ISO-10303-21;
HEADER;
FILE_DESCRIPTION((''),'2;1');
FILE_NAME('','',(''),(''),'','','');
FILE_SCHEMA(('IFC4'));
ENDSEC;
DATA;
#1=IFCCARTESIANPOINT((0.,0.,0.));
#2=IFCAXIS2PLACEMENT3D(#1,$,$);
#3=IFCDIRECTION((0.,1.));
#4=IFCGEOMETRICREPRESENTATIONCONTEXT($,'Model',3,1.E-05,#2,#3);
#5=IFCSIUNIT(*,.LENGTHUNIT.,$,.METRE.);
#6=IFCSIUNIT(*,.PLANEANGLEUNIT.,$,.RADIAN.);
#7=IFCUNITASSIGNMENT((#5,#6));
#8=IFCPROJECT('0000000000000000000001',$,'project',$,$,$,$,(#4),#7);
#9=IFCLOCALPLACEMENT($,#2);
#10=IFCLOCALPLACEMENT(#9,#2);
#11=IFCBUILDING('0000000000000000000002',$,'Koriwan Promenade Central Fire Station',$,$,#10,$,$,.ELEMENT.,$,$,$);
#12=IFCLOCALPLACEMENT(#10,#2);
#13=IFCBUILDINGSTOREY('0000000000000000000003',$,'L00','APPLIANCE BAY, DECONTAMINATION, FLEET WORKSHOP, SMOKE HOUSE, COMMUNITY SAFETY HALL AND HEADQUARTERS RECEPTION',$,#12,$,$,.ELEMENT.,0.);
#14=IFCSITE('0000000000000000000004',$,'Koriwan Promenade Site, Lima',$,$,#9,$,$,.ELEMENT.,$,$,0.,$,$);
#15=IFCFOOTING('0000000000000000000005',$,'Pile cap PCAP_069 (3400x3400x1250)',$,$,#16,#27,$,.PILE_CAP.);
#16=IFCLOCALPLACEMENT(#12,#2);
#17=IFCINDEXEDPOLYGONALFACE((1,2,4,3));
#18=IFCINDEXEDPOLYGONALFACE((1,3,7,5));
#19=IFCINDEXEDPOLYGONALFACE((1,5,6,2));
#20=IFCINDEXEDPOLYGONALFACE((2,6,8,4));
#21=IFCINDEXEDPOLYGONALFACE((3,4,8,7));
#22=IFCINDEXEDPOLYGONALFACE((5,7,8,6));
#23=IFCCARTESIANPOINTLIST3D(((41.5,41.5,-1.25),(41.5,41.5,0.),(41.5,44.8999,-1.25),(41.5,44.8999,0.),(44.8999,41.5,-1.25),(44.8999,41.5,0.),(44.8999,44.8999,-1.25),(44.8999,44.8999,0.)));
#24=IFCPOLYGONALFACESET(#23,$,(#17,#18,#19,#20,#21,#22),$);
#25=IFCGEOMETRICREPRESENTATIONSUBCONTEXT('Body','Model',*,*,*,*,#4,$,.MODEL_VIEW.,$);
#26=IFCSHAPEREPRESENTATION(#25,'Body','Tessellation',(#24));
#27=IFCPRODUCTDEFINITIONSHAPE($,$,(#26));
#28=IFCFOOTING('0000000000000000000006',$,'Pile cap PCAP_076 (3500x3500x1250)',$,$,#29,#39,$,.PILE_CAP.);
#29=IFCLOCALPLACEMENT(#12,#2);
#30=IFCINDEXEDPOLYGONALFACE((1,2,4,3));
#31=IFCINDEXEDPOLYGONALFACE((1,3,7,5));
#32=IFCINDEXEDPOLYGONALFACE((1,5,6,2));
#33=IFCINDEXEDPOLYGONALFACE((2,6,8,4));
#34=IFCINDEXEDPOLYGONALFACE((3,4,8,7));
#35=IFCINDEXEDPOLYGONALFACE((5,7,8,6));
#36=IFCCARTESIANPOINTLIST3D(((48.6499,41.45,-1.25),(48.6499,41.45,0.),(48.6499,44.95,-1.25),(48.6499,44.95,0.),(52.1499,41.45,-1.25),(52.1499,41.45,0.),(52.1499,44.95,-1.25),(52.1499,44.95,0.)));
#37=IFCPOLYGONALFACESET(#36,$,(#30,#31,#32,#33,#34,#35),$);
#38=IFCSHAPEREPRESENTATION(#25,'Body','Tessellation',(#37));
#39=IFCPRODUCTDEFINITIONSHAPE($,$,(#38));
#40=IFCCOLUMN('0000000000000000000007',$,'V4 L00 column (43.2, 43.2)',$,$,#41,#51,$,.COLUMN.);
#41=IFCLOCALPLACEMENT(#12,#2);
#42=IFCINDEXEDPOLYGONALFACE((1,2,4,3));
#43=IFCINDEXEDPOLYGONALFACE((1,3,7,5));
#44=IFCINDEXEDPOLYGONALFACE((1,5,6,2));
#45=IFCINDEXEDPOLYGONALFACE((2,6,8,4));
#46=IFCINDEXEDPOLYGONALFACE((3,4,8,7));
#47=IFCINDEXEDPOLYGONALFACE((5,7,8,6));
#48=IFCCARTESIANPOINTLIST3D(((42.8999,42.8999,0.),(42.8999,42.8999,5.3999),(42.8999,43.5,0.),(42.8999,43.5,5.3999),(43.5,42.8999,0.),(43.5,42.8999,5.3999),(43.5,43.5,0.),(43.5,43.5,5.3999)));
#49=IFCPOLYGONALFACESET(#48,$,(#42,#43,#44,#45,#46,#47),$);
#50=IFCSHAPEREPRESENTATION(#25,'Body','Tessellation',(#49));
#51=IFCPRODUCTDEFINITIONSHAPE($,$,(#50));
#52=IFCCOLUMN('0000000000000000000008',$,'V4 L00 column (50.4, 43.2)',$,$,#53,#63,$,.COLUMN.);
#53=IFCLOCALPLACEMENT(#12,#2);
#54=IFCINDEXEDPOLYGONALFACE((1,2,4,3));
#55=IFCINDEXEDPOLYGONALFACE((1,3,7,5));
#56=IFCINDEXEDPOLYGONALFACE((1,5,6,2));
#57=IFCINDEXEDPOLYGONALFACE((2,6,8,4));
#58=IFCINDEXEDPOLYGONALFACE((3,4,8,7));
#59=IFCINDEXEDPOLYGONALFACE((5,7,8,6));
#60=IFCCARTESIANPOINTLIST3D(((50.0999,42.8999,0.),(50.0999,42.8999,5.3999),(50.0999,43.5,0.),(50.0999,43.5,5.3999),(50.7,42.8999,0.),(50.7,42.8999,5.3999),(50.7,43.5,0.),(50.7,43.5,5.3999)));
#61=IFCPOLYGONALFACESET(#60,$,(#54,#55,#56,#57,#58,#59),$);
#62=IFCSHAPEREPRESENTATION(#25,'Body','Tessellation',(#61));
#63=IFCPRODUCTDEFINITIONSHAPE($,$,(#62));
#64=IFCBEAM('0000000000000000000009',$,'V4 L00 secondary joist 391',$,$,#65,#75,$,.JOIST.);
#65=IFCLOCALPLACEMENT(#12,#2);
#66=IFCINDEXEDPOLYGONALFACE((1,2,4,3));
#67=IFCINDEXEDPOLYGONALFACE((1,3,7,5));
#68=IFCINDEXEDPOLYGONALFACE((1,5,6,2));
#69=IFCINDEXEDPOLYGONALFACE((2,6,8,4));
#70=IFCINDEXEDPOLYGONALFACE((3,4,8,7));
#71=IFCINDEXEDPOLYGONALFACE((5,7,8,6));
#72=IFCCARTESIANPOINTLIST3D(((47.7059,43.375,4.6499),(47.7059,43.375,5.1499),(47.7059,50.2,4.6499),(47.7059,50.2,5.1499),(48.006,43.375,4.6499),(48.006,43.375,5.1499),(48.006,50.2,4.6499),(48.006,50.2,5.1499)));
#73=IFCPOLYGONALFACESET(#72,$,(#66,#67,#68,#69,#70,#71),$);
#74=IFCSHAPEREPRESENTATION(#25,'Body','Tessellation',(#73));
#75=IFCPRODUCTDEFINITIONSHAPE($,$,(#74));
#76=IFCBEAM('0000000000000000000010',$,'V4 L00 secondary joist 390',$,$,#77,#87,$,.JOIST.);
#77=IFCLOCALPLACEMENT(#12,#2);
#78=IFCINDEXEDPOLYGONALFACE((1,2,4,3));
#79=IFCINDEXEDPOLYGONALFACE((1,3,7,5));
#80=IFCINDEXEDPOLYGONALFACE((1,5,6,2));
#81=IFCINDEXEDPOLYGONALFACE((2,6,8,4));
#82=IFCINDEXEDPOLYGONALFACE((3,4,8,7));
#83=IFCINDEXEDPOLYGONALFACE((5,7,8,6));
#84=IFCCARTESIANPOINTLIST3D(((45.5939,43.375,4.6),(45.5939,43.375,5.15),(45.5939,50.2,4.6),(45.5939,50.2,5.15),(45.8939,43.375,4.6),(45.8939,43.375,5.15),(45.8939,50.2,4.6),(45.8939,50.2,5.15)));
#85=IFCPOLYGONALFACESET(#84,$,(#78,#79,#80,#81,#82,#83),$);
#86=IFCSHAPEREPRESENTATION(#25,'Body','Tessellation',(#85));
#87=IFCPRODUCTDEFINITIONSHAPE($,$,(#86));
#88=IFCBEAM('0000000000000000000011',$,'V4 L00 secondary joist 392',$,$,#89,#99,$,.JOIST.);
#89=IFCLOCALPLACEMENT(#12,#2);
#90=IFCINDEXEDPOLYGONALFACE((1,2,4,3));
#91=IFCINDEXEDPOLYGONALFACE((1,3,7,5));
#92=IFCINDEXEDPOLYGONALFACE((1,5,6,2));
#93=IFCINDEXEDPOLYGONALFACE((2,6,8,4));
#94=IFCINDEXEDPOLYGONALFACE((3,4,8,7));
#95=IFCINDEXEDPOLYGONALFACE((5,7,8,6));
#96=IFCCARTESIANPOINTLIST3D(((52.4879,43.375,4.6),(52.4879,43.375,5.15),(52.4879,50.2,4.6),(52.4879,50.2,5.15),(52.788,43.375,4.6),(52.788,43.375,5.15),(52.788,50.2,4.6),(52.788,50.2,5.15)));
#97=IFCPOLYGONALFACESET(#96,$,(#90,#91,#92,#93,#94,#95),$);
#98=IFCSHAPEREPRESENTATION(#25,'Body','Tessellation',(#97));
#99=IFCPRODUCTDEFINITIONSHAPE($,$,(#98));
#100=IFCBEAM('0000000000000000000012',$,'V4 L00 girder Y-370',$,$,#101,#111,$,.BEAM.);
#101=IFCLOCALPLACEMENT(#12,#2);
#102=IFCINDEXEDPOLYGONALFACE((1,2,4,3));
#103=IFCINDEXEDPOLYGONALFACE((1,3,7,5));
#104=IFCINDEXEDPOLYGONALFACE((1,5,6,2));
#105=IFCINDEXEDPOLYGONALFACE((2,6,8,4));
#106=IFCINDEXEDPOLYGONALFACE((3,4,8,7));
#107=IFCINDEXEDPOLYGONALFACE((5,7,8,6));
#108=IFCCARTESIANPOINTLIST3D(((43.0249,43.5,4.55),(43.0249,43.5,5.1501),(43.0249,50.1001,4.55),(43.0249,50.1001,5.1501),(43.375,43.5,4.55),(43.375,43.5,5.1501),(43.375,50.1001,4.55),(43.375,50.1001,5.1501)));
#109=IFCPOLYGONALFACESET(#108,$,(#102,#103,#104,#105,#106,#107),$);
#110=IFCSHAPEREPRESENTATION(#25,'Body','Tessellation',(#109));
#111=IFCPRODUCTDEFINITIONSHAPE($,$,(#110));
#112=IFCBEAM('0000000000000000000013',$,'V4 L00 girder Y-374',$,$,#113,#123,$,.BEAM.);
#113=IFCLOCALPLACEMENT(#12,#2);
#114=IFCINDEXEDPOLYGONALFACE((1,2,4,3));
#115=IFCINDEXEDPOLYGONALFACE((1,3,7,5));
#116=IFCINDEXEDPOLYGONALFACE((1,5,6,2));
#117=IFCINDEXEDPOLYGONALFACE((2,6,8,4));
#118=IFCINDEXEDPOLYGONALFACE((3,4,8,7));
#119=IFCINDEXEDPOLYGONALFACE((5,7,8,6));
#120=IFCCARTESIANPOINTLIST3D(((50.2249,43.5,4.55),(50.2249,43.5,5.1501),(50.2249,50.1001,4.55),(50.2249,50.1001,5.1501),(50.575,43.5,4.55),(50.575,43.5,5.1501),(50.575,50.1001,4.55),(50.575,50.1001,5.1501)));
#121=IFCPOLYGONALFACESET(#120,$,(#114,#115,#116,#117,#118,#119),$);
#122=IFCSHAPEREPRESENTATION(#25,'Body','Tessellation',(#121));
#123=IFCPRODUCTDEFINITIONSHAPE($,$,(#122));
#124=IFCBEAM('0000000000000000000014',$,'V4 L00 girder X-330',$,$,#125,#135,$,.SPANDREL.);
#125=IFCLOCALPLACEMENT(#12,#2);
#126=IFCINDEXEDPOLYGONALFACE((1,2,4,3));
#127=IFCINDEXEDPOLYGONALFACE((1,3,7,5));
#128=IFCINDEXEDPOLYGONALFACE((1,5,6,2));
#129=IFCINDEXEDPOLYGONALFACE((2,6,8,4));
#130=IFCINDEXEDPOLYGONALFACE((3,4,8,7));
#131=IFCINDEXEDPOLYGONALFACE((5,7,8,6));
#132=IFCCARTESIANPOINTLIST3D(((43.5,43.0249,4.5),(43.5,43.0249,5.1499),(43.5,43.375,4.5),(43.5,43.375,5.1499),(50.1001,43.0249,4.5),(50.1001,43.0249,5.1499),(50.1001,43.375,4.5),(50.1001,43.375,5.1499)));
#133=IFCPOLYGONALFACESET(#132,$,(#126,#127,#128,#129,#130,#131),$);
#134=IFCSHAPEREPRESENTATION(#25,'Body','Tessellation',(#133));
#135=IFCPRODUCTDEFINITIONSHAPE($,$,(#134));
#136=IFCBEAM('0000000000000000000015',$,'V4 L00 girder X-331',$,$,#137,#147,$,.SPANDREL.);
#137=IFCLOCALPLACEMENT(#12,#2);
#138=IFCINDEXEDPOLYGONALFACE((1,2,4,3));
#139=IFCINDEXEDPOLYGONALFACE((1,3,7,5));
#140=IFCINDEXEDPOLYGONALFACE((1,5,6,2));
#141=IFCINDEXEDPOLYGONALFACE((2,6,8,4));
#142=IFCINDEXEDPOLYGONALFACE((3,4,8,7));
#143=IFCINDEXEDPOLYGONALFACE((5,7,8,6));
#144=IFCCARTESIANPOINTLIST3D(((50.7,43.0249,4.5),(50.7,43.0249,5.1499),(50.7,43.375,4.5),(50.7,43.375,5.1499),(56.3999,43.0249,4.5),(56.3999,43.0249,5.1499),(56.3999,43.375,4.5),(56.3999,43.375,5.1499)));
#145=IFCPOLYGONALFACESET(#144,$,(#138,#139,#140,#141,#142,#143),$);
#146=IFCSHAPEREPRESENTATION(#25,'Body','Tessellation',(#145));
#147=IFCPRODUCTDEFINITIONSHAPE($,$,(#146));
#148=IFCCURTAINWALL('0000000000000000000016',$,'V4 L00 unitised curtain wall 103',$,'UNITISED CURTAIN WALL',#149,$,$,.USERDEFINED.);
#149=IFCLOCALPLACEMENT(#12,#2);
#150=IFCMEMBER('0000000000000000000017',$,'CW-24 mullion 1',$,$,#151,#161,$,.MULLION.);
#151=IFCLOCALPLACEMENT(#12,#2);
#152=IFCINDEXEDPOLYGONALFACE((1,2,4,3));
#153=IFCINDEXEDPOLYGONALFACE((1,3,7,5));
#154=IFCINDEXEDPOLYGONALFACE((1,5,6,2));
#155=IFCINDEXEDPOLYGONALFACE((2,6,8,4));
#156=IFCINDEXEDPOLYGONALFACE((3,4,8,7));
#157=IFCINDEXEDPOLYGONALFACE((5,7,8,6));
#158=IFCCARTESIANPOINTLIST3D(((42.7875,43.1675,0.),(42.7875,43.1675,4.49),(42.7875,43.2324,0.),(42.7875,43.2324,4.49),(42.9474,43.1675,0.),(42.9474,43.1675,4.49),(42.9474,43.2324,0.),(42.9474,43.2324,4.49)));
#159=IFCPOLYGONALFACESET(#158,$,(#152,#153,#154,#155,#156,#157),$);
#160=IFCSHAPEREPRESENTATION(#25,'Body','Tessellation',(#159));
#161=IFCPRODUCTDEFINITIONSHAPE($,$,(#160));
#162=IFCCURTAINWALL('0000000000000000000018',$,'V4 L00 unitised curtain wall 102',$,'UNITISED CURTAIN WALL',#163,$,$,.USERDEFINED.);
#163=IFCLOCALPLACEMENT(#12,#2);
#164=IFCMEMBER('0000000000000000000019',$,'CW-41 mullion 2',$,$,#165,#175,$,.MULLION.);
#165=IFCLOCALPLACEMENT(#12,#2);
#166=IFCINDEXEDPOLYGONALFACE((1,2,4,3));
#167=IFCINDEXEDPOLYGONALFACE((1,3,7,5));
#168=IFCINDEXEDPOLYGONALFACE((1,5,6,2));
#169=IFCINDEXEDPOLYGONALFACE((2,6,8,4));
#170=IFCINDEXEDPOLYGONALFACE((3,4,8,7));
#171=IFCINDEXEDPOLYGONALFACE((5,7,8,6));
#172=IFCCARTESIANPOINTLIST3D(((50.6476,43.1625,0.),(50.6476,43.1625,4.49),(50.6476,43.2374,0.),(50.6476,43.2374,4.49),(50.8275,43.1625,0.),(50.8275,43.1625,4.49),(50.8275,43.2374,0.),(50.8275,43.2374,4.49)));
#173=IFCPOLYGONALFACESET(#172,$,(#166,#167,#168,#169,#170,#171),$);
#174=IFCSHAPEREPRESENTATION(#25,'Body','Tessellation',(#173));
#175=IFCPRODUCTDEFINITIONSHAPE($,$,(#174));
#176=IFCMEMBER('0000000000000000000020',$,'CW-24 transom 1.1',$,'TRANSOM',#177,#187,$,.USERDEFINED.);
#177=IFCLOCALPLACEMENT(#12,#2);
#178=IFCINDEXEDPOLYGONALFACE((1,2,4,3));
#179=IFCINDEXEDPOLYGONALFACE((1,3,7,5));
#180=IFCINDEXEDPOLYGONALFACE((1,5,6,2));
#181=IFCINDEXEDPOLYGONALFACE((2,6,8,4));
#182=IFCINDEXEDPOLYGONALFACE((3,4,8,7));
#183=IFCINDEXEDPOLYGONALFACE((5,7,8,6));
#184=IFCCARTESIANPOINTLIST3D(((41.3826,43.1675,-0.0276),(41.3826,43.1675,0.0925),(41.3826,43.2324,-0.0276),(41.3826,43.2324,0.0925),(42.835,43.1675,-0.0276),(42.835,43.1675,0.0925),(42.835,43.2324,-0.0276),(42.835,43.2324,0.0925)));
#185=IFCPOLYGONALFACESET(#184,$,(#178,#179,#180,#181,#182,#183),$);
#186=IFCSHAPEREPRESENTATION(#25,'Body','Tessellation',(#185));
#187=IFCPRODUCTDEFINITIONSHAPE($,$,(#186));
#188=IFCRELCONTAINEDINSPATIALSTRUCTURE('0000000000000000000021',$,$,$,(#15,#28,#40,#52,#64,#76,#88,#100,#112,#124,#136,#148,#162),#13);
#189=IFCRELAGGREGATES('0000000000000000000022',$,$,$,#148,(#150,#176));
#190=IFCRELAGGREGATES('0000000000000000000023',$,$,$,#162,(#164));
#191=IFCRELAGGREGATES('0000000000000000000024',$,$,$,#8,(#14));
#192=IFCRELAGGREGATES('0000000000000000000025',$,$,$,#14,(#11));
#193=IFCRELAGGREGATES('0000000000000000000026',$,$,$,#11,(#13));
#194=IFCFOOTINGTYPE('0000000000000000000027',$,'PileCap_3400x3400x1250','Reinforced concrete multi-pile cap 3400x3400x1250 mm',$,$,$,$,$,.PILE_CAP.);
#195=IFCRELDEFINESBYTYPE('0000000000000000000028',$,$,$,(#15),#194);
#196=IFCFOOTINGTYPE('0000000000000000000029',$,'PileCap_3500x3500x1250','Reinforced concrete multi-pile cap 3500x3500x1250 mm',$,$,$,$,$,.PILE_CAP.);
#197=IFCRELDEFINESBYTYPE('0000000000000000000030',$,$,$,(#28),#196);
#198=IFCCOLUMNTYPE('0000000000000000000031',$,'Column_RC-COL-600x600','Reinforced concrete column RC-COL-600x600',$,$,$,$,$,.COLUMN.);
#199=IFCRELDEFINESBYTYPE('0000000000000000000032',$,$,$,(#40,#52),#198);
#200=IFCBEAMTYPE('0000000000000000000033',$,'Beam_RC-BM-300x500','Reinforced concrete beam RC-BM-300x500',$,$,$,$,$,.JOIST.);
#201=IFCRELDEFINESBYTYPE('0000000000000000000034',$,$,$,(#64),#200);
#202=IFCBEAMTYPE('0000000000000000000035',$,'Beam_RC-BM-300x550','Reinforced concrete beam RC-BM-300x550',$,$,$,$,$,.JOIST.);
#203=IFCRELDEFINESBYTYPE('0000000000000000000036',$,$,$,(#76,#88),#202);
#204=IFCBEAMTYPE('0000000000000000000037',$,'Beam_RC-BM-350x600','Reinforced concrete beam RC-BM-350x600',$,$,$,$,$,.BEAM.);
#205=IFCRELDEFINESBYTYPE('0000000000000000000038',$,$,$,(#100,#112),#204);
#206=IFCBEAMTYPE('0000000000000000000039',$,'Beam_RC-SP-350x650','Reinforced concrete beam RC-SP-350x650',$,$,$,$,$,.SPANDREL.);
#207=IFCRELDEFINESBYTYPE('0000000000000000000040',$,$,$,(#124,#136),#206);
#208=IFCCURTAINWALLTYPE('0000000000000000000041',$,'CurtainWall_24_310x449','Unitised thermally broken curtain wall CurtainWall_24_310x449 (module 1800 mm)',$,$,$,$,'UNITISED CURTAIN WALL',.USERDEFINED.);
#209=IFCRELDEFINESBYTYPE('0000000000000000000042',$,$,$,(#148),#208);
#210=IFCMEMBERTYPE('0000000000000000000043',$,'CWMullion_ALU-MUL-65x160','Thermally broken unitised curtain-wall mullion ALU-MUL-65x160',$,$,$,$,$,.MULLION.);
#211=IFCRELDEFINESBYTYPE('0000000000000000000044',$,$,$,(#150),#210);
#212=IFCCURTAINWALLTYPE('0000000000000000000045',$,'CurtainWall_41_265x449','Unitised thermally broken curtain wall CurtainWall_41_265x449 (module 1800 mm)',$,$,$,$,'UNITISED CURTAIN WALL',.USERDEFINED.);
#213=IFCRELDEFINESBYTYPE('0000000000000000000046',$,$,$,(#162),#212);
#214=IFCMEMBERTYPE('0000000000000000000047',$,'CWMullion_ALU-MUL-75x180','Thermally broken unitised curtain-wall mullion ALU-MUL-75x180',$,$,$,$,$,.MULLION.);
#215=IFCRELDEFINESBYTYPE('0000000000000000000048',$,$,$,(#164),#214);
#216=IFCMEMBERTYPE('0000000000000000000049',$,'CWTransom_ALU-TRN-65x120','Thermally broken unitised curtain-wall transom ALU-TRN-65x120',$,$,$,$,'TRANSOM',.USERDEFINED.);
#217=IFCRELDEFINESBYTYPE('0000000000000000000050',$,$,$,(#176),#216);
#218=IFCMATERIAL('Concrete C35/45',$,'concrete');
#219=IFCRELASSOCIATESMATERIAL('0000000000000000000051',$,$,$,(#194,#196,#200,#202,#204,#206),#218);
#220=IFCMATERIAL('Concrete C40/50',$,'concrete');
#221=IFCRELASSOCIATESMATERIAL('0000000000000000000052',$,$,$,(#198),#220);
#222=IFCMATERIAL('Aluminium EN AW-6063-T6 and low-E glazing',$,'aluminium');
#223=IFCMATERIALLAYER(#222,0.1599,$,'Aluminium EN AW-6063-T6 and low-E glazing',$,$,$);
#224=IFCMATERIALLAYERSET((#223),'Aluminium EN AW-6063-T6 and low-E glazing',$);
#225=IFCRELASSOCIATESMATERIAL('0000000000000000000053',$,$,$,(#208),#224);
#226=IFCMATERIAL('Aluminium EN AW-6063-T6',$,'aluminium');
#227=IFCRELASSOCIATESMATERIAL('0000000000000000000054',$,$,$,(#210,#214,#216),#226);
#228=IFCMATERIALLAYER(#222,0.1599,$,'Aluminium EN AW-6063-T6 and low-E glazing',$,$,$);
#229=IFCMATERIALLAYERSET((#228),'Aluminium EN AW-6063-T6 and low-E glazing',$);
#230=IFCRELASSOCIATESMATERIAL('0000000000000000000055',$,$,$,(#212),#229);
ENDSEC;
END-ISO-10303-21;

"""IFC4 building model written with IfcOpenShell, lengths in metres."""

from ifc_helpers import new_model, si_unit, direction, frame, origin, origin_2d, place, context, subcontext, project, spatial, rectangle, extrude, material, layer, layer_set, material_profile, profile_set, type_object, element, aggregate, save


model = new_model("IFC4")

# Units and contexts
model_context = context("Model", 3, precision=1e-05, world=origin(), true_north=direction((0.0, 1.0)))
body_context = subcontext(model_context, "Body", "Model", "MODEL_VIEW")
ifc_project = project(units=[si_unit("LENGTHUNIT", "METRE"), si_unit("PLANEANGLEUNIT", "RADIAN")], contexts=[model_context])

# Site, building, storey
site_placement = place(None, origin())
site = spatial("IfcSite", under=ifc_project, at=site_placement, Name="Koriwan Promenade Site, Lima", CompositionType="ELEMENT", RefElevation=0.0)
building_placement = place(site_placement, origin())
building = spatial("IfcBuilding", under=site, at=building_placement, Name="Koriwan Promenade Central Fire Station", CompositionType="ELEMENT")
storey_placement = place(building_placement, origin())
storey = spatial("IfcBuildingStorey", under=building, at=storey_placement, Name="L00", Description="APPLIANCE BAY, DECONTAMINATION, FLEET WORKSHOP, SMOKE HOUSE, COMMUNITY SAFETY HALL AND HEADQUARTERS RECEPTION", CompositionType="ELEMENT", Elevation=0.0)

# Shared definitions
ifc_material_1 = material(Name="Concrete C35/45", Category="concrete")

# Footings
footing_type_1 = type_object("IfcFootingType", Name="PileCap_3400x3400x1250", Description="Reinforced concrete multi-pile cap 3400x3400x1250 mm", PredefinedType="PILE_CAP", material=ifc_material_1)
footing_1_placement = place(storey_placement, frame((43.2, 43.2, -1.25), z_axis=(0.0, 0.0, 1.0), x_axis=(1.0, 0.0, 0.0)))
element("IfcFooting", 1, at=footing_1_placement, inside=storey, type_object=footing_type_1, Name="Pile cap PCAP_069 (3400x3400x1250)", PredefinedType="PILE_CAP", context=body_context, shape_type="SweptSolid", body=[
    extrude(rectangle(XDim=3.3999, YDim=3.3999, at=origin_2d()), origin(), (0.0, 0.0, 1.0), 1.25),
])
footing_type_2 = type_object("IfcFootingType", Name="PileCap_3500x3500x1250", Description="Reinforced concrete multi-pile cap 3500x3500x1250 mm", PredefinedType="PILE_CAP", material=ifc_material_1)
footing_2_placement = place(storey_placement, frame((50.3999, 43.2, -1.25), z_axis=(0.0, 0.0, 1.0), x_axis=(1.0, 0.0, 0.0)))
element("IfcFooting", 2, at=footing_2_placement, inside=storey, type_object=footing_type_2, Name="Pile cap PCAP_076 (3500x3500x1250)", PredefinedType="PILE_CAP", context=body_context, shape_type="SweptSolid", body=[
    extrude(rectangle(XDim=3.5, YDim=3.5, at=origin_2d()), origin(), (0.0, 0.0, 1.0), 1.25),
])

# Columns
ifc_material_2 = material(Name="Concrete C40/50", Category="concrete")
ifc_material_profile_1 = material_profile(ifc_material_2, rectangle(XDim=0.6001, YDim=0.6001, at=origin_2d()), Name="RC-COL-600x600")
ifc_profile_set_1 = profile_set([ifc_material_profile_1], Name="Concrete C40/50")
column_type = type_object("IfcColumnType", Name="Column_RC-COL-600x600", Description="Reinforced concrete column RC-COL-600x600", PredefinedType="COLUMN", material=ifc_profile_set_1)
for number, where, z_axis, x_axis, name in (
    (3, (43.2, 43.2, 0.0), (0.0, 0.0, 1.0), (1.0, 0.0, 0.0), "V4 L00 column (43.2, 43.2)"),
    (4, (50.3999, 43.2, 0.0), (0.0, 0.0, 1.0), (1.0, 0.0, 0.0), "V4 L00 column (50.4, 43.2)"),
):
    element("IfcColumn", number, at=place(storey_placement, frame(where, z_axis=z_axis, x_axis=x_axis)), inside=storey, type_object=column_type, Name=name, PredefinedType="COLUMN", context=body_context, shape_type="SweptSolid", body=[
        extrude(rectangle(XDim=0.6001, YDim=0.6001, at=origin_2d()), origin(), (0.0, 0.0, 1.0), 5.3999),
    ])

# Beams
ifc_material_profile_2 = material_profile(ifc_material_1, rectangle(XDim=0.3, YDim=0.5, at=origin_2d()), Name="RC-BM-300x500")
ifc_profile_set_2 = profile_set([ifc_material_profile_2], Name="Concrete C35/45")
beam_type_1 = type_object("IfcBeamType", Name="Beam_RC-BM-300x500", Description="Reinforced concrete beam RC-BM-300x500", PredefinedType="JOIST", material=ifc_profile_set_2)
beam_1_placement = place(storey_placement, frame((47.856, 43.375, 4.8999), z_axis=(0.0, 1.0, 0.0), x_axis=(-1.0, 0.0, 0.0)))
element("IfcBeam", 5, at=beam_1_placement, inside=storey, type_object=beam_type_1, Name="V4 L00 secondary joist 391", PredefinedType="JOIST", context=body_context, shape_type="SweptSolid", body=[
    extrude(rectangle(XDim=0.3, YDim=0.5, at=origin_2d()), origin(), (0.0, 0.0, 1.0), 6.825),
])
ifc_material_profile_3 = material_profile(ifc_material_1, rectangle(XDim=0.3, YDim=0.55, at=origin_2d()), Name="RC-BM-300x550")
ifc_profile_set_3 = profile_set([ifc_material_profile_3], Name="Concrete C35/45")
beam_type_2 = type_object("IfcBeamType", Name="Beam_RC-BM-300x550", Description="Reinforced concrete beam RC-BM-300x550", PredefinedType="JOIST", material=ifc_profile_set_3)
for number, where, z_axis, x_axis, name in (
    (6, (45.7439, 43.375, 4.875), (0.0, 1.0, 0.0), (-1.0, 0.0, 0.0), "V4 L00 secondary joist 390"),
    (7, (52.6379, 43.375, 4.875), (0.0, 1.0, 0.0), (-1.0, 0.0, 0.0), "V4 L00 secondary joist 392"),
):
    element("IfcBeam", number, at=place(storey_placement, frame(where, z_axis=z_axis, x_axis=x_axis)), inside=storey, type_object=beam_type_2, Name=name, PredefinedType="JOIST", context=body_context, shape_type="SweptSolid", body=[
        extrude(rectangle(XDim=0.3, YDim=0.55, at=origin_2d()), origin(), (0.0, 0.0, 1.0), 6.825),
    ])
ifc_material_profile_4 = material_profile(ifc_material_1, rectangle(XDim=0.3501, YDim=0.6001, at=origin_2d()), Name="RC-BM-350x600")
ifc_profile_set_4 = profile_set([ifc_material_profile_4], Name="Concrete C35/45")
beam_type_3 = type_object("IfcBeamType", Name="Beam_RC-BM-350x600", Description="Reinforced concrete beam RC-BM-350x600", PredefinedType="BEAM", material=ifc_profile_set_4)
for number, where, z_axis, x_axis, name in (
    (8, (43.2, 43.5, 4.8501), (0.0, 1.0, 0.0), (-1.0, 0.0, 0.0), "V4 L00 girder Y-370"),
    (9, (50.3999, 43.5, 4.8501), (0.0, 1.0, 0.0), (-1.0, 0.0, 0.0), "V4 L00 girder Y-374"),
):
    element("IfcBeam", number, at=place(storey_placement, frame(where, z_axis=z_axis, x_axis=x_axis)), inside=storey, type_object=beam_type_3, Name=name, PredefinedType="BEAM", context=body_context, shape_type="SweptSolid", body=[
        extrude(rectangle(XDim=0.3501, YDim=0.6001, at=origin_2d()), origin(), (0.0, 0.0, 1.0), 6.6001),
    ])
ifc_material_profile_5 = material_profile(ifc_material_1, rectangle(XDim=0.3501, YDim=0.6499, at=origin_2d()), Name="RC-SP-350x650")
ifc_profile_set_5 = profile_set([ifc_material_profile_5], Name="Concrete C35/45")
beam_type_4 = type_object("IfcBeamType", Name="Beam_RC-SP-350x650", Description="Reinforced concrete beam RC-SP-350x650", PredefinedType="SPANDREL", material=ifc_profile_set_5)
beam_2_placement = place(storey_placement, frame((43.5, 43.2, 4.825), z_axis=(1.0, 0.0, 0.0), x_axis=(0.0, 1.0, 0.0)))
element("IfcBeam", 10, at=beam_2_placement, inside=storey, type_object=beam_type_4, Name="V4 L00 girder X-330", PredefinedType="SPANDREL", context=body_context, shape_type="SweptSolid", body=[
    extrude(rectangle(XDim=0.3501, YDim=0.6499, at=origin_2d()), origin(), (0.0, 0.0, 1.0), 6.6001),
])
beam_3_placement = place(storey_placement, frame((50.7, 43.2, 4.825), z_axis=(1.0, 0.0, 0.0), x_axis=(0.0, 1.0, 0.0)))
element("IfcBeam", 11, at=beam_3_placement, inside=storey, type_object=beam_type_4, Name="V4 L00 girder X-331", PredefinedType="SPANDREL", context=body_context, shape_type="SweptSolid", body=[
    extrude(rectangle(XDim=0.3501, YDim=0.6499, at=origin_2d()), origin(), (0.0, 0.0, 1.0), 5.7),
])

# Curtain walls, members
ifc_material_3 = material(Name="Aluminium EN AW-6063-T6 and low-E glazing", Category="aluminium")
ifc_layer_1 = layer(ifc_material_3, 0.1599, Name="Aluminium EN AW-6063-T6 and low-E glazing")
ifc_layer_set_1 = layer_set([ifc_layer_1], Name="Aluminium EN AW-6063-T6 and low-E glazing")
curtain_wall_type_1 = type_object("IfcCurtainWallType", Name="CurtainWall_24_310x449", Description="Unitised thermally broken curtain wall CurtainWall_24_310x449 (module 1800 mm)", ElementType="UNITISED CURTAIN WALL", PredefinedType="USERDEFINED", material=ifc_layer_set_1)
curtain_wall_1_placement = place(storey_placement, origin())
curtain_wall_1 = element("IfcCurtainWall", 12, at=curtain_wall_1_placement, inside=storey, type_object=curtain_wall_type_1, Name="V4 L00 unitised curtain wall 103", ObjectType="UNITISED CURTAIN WALL", PredefinedType="USERDEFINED")
ifc_material_4 = material(Name="Aluminium EN AW-6063-T6", Category="aluminium")
ifc_material_profile_6 = material_profile(ifc_material_4, rectangle(XDim=0.0649, YDim=0.1599, at=origin_2d()), Name="ALU-MUL-65x160")
ifc_profile_set_6 = profile_set([ifc_material_profile_6], Name="Aluminium EN AW-6063-T6")
member_type_1 = type_object("IfcMemberType", Name="CWMullion_ALU-MUL-65x160", Description="Thermally broken unitised curtain-wall mullion ALU-MUL-65x160", PredefinedType="MULLION", material=ifc_profile_set_6)
member_1_placement = place(storey_placement, frame((42.8674, 43.2, 0.0), z_axis=(0.0, 0.0, 1.0), x_axis=(0.0, -1.0, 0.0)))
member_1 = element("IfcMember", 13, at=member_1_placement, type_object=member_type_1, Name="CW-24 mullion 1", PredefinedType="MULLION", context=body_context, shape_type="SweptSolid", body=[
    extrude(rectangle(XDim=0.0649, YDim=0.1599, at=origin_2d()), origin(), (0.0, 0.0, 1.0), 4.49),
])
ifc_layer_2 = layer(ifc_material_3, 0.1599, Name="Aluminium EN AW-6063-T6 and low-E glazing")
ifc_layer_set_2 = layer_set([ifc_layer_2], Name="Aluminium EN AW-6063-T6 and low-E glazing")
curtain_wall_type_2 = type_object("IfcCurtainWallType", Name="CurtainWall_41_265x449", Description="Unitised thermally broken curtain wall CurtainWall_41_265x449 (module 1800 mm)", ElementType="UNITISED CURTAIN WALL", PredefinedType="USERDEFINED", material=ifc_layer_set_2)
curtain_wall_2_placement = place(storey_placement, origin())
curtain_wall_2 = element("IfcCurtainWall", 14, at=curtain_wall_2_placement, inside=storey, type_object=curtain_wall_type_2, Name="V4 L00 unitised curtain wall 102", ObjectType="UNITISED CURTAIN WALL", PredefinedType="USERDEFINED")
ifc_material_profile_7 = material_profile(ifc_material_4, rectangle(XDim=0.075, YDim=0.1799, at=origin_2d()), Name="ALU-MUL-75x180")
ifc_profile_set_7 = profile_set([ifc_material_profile_7], Name="Aluminium EN AW-6063-T6")
member_type_2 = type_object("IfcMemberType", Name="CWMullion_ALU-MUL-75x180", Description="Thermally broken unitised curtain-wall mullion ALU-MUL-75x180", PredefinedType="MULLION", material=ifc_profile_set_7)
member_2_placement = place(storey_placement, frame((50.7375, 43.2, 0.0), z_axis=(0.0, 0.0, 1.0), x_axis=(0.0, -1.0, 0.0)))
member_2 = element("IfcMember", 15, at=member_2_placement, type_object=member_type_2, Name="CW-41 mullion 2", PredefinedType="MULLION", context=body_context, shape_type="SweptSolid", body=[
    extrude(rectangle(XDim=0.075, YDim=0.1799, at=origin_2d()), origin(), (0.0, 0.0, 1.0), 4.49),
])

# Member
ifc_material_profile_8 = material_profile(ifc_material_4, rectangle(XDim=0.0649, YDim=0.1201, at=origin_2d()), Name="ALU-TRN-65x120")
ifc_profile_set_8 = profile_set([ifc_material_profile_8], Name="Aluminium EN AW-6063-T6")
member_type_3 = type_object("IfcMemberType", Name="CWTransom_ALU-TRN-65x120", Description="Thermally broken unitised curtain-wall transom ALU-TRN-65x120", ElementType="TRANSOM", PredefinedType="USERDEFINED", material=ifc_profile_set_8)
member_3_placement = place(storey_placement, frame((42.835, 43.2, 0.0325), z_axis=(-1.0, 0.0, 0.0), x_axis=(0.0, -1.0, 0.0)))
member_3 = element("IfcMember", 16, at=member_3_placement, type_object=member_type_3, Name="CW-24 transom 1.1", ObjectType="TRANSOM", PredefinedType="USERDEFINED", context=body_context, shape_type="SweptSolid", body=[
    extrude(rectangle(XDim=0.0649, YDim=0.1201, at=origin_2d()), origin(), (0.0, 0.0, 1.0), 1.4524),
])

aggregate(curtain_wall_1, [member_1, member_3])
aggregate(curtain_wall_2, [member_2])

save(model, "model.ifc")
